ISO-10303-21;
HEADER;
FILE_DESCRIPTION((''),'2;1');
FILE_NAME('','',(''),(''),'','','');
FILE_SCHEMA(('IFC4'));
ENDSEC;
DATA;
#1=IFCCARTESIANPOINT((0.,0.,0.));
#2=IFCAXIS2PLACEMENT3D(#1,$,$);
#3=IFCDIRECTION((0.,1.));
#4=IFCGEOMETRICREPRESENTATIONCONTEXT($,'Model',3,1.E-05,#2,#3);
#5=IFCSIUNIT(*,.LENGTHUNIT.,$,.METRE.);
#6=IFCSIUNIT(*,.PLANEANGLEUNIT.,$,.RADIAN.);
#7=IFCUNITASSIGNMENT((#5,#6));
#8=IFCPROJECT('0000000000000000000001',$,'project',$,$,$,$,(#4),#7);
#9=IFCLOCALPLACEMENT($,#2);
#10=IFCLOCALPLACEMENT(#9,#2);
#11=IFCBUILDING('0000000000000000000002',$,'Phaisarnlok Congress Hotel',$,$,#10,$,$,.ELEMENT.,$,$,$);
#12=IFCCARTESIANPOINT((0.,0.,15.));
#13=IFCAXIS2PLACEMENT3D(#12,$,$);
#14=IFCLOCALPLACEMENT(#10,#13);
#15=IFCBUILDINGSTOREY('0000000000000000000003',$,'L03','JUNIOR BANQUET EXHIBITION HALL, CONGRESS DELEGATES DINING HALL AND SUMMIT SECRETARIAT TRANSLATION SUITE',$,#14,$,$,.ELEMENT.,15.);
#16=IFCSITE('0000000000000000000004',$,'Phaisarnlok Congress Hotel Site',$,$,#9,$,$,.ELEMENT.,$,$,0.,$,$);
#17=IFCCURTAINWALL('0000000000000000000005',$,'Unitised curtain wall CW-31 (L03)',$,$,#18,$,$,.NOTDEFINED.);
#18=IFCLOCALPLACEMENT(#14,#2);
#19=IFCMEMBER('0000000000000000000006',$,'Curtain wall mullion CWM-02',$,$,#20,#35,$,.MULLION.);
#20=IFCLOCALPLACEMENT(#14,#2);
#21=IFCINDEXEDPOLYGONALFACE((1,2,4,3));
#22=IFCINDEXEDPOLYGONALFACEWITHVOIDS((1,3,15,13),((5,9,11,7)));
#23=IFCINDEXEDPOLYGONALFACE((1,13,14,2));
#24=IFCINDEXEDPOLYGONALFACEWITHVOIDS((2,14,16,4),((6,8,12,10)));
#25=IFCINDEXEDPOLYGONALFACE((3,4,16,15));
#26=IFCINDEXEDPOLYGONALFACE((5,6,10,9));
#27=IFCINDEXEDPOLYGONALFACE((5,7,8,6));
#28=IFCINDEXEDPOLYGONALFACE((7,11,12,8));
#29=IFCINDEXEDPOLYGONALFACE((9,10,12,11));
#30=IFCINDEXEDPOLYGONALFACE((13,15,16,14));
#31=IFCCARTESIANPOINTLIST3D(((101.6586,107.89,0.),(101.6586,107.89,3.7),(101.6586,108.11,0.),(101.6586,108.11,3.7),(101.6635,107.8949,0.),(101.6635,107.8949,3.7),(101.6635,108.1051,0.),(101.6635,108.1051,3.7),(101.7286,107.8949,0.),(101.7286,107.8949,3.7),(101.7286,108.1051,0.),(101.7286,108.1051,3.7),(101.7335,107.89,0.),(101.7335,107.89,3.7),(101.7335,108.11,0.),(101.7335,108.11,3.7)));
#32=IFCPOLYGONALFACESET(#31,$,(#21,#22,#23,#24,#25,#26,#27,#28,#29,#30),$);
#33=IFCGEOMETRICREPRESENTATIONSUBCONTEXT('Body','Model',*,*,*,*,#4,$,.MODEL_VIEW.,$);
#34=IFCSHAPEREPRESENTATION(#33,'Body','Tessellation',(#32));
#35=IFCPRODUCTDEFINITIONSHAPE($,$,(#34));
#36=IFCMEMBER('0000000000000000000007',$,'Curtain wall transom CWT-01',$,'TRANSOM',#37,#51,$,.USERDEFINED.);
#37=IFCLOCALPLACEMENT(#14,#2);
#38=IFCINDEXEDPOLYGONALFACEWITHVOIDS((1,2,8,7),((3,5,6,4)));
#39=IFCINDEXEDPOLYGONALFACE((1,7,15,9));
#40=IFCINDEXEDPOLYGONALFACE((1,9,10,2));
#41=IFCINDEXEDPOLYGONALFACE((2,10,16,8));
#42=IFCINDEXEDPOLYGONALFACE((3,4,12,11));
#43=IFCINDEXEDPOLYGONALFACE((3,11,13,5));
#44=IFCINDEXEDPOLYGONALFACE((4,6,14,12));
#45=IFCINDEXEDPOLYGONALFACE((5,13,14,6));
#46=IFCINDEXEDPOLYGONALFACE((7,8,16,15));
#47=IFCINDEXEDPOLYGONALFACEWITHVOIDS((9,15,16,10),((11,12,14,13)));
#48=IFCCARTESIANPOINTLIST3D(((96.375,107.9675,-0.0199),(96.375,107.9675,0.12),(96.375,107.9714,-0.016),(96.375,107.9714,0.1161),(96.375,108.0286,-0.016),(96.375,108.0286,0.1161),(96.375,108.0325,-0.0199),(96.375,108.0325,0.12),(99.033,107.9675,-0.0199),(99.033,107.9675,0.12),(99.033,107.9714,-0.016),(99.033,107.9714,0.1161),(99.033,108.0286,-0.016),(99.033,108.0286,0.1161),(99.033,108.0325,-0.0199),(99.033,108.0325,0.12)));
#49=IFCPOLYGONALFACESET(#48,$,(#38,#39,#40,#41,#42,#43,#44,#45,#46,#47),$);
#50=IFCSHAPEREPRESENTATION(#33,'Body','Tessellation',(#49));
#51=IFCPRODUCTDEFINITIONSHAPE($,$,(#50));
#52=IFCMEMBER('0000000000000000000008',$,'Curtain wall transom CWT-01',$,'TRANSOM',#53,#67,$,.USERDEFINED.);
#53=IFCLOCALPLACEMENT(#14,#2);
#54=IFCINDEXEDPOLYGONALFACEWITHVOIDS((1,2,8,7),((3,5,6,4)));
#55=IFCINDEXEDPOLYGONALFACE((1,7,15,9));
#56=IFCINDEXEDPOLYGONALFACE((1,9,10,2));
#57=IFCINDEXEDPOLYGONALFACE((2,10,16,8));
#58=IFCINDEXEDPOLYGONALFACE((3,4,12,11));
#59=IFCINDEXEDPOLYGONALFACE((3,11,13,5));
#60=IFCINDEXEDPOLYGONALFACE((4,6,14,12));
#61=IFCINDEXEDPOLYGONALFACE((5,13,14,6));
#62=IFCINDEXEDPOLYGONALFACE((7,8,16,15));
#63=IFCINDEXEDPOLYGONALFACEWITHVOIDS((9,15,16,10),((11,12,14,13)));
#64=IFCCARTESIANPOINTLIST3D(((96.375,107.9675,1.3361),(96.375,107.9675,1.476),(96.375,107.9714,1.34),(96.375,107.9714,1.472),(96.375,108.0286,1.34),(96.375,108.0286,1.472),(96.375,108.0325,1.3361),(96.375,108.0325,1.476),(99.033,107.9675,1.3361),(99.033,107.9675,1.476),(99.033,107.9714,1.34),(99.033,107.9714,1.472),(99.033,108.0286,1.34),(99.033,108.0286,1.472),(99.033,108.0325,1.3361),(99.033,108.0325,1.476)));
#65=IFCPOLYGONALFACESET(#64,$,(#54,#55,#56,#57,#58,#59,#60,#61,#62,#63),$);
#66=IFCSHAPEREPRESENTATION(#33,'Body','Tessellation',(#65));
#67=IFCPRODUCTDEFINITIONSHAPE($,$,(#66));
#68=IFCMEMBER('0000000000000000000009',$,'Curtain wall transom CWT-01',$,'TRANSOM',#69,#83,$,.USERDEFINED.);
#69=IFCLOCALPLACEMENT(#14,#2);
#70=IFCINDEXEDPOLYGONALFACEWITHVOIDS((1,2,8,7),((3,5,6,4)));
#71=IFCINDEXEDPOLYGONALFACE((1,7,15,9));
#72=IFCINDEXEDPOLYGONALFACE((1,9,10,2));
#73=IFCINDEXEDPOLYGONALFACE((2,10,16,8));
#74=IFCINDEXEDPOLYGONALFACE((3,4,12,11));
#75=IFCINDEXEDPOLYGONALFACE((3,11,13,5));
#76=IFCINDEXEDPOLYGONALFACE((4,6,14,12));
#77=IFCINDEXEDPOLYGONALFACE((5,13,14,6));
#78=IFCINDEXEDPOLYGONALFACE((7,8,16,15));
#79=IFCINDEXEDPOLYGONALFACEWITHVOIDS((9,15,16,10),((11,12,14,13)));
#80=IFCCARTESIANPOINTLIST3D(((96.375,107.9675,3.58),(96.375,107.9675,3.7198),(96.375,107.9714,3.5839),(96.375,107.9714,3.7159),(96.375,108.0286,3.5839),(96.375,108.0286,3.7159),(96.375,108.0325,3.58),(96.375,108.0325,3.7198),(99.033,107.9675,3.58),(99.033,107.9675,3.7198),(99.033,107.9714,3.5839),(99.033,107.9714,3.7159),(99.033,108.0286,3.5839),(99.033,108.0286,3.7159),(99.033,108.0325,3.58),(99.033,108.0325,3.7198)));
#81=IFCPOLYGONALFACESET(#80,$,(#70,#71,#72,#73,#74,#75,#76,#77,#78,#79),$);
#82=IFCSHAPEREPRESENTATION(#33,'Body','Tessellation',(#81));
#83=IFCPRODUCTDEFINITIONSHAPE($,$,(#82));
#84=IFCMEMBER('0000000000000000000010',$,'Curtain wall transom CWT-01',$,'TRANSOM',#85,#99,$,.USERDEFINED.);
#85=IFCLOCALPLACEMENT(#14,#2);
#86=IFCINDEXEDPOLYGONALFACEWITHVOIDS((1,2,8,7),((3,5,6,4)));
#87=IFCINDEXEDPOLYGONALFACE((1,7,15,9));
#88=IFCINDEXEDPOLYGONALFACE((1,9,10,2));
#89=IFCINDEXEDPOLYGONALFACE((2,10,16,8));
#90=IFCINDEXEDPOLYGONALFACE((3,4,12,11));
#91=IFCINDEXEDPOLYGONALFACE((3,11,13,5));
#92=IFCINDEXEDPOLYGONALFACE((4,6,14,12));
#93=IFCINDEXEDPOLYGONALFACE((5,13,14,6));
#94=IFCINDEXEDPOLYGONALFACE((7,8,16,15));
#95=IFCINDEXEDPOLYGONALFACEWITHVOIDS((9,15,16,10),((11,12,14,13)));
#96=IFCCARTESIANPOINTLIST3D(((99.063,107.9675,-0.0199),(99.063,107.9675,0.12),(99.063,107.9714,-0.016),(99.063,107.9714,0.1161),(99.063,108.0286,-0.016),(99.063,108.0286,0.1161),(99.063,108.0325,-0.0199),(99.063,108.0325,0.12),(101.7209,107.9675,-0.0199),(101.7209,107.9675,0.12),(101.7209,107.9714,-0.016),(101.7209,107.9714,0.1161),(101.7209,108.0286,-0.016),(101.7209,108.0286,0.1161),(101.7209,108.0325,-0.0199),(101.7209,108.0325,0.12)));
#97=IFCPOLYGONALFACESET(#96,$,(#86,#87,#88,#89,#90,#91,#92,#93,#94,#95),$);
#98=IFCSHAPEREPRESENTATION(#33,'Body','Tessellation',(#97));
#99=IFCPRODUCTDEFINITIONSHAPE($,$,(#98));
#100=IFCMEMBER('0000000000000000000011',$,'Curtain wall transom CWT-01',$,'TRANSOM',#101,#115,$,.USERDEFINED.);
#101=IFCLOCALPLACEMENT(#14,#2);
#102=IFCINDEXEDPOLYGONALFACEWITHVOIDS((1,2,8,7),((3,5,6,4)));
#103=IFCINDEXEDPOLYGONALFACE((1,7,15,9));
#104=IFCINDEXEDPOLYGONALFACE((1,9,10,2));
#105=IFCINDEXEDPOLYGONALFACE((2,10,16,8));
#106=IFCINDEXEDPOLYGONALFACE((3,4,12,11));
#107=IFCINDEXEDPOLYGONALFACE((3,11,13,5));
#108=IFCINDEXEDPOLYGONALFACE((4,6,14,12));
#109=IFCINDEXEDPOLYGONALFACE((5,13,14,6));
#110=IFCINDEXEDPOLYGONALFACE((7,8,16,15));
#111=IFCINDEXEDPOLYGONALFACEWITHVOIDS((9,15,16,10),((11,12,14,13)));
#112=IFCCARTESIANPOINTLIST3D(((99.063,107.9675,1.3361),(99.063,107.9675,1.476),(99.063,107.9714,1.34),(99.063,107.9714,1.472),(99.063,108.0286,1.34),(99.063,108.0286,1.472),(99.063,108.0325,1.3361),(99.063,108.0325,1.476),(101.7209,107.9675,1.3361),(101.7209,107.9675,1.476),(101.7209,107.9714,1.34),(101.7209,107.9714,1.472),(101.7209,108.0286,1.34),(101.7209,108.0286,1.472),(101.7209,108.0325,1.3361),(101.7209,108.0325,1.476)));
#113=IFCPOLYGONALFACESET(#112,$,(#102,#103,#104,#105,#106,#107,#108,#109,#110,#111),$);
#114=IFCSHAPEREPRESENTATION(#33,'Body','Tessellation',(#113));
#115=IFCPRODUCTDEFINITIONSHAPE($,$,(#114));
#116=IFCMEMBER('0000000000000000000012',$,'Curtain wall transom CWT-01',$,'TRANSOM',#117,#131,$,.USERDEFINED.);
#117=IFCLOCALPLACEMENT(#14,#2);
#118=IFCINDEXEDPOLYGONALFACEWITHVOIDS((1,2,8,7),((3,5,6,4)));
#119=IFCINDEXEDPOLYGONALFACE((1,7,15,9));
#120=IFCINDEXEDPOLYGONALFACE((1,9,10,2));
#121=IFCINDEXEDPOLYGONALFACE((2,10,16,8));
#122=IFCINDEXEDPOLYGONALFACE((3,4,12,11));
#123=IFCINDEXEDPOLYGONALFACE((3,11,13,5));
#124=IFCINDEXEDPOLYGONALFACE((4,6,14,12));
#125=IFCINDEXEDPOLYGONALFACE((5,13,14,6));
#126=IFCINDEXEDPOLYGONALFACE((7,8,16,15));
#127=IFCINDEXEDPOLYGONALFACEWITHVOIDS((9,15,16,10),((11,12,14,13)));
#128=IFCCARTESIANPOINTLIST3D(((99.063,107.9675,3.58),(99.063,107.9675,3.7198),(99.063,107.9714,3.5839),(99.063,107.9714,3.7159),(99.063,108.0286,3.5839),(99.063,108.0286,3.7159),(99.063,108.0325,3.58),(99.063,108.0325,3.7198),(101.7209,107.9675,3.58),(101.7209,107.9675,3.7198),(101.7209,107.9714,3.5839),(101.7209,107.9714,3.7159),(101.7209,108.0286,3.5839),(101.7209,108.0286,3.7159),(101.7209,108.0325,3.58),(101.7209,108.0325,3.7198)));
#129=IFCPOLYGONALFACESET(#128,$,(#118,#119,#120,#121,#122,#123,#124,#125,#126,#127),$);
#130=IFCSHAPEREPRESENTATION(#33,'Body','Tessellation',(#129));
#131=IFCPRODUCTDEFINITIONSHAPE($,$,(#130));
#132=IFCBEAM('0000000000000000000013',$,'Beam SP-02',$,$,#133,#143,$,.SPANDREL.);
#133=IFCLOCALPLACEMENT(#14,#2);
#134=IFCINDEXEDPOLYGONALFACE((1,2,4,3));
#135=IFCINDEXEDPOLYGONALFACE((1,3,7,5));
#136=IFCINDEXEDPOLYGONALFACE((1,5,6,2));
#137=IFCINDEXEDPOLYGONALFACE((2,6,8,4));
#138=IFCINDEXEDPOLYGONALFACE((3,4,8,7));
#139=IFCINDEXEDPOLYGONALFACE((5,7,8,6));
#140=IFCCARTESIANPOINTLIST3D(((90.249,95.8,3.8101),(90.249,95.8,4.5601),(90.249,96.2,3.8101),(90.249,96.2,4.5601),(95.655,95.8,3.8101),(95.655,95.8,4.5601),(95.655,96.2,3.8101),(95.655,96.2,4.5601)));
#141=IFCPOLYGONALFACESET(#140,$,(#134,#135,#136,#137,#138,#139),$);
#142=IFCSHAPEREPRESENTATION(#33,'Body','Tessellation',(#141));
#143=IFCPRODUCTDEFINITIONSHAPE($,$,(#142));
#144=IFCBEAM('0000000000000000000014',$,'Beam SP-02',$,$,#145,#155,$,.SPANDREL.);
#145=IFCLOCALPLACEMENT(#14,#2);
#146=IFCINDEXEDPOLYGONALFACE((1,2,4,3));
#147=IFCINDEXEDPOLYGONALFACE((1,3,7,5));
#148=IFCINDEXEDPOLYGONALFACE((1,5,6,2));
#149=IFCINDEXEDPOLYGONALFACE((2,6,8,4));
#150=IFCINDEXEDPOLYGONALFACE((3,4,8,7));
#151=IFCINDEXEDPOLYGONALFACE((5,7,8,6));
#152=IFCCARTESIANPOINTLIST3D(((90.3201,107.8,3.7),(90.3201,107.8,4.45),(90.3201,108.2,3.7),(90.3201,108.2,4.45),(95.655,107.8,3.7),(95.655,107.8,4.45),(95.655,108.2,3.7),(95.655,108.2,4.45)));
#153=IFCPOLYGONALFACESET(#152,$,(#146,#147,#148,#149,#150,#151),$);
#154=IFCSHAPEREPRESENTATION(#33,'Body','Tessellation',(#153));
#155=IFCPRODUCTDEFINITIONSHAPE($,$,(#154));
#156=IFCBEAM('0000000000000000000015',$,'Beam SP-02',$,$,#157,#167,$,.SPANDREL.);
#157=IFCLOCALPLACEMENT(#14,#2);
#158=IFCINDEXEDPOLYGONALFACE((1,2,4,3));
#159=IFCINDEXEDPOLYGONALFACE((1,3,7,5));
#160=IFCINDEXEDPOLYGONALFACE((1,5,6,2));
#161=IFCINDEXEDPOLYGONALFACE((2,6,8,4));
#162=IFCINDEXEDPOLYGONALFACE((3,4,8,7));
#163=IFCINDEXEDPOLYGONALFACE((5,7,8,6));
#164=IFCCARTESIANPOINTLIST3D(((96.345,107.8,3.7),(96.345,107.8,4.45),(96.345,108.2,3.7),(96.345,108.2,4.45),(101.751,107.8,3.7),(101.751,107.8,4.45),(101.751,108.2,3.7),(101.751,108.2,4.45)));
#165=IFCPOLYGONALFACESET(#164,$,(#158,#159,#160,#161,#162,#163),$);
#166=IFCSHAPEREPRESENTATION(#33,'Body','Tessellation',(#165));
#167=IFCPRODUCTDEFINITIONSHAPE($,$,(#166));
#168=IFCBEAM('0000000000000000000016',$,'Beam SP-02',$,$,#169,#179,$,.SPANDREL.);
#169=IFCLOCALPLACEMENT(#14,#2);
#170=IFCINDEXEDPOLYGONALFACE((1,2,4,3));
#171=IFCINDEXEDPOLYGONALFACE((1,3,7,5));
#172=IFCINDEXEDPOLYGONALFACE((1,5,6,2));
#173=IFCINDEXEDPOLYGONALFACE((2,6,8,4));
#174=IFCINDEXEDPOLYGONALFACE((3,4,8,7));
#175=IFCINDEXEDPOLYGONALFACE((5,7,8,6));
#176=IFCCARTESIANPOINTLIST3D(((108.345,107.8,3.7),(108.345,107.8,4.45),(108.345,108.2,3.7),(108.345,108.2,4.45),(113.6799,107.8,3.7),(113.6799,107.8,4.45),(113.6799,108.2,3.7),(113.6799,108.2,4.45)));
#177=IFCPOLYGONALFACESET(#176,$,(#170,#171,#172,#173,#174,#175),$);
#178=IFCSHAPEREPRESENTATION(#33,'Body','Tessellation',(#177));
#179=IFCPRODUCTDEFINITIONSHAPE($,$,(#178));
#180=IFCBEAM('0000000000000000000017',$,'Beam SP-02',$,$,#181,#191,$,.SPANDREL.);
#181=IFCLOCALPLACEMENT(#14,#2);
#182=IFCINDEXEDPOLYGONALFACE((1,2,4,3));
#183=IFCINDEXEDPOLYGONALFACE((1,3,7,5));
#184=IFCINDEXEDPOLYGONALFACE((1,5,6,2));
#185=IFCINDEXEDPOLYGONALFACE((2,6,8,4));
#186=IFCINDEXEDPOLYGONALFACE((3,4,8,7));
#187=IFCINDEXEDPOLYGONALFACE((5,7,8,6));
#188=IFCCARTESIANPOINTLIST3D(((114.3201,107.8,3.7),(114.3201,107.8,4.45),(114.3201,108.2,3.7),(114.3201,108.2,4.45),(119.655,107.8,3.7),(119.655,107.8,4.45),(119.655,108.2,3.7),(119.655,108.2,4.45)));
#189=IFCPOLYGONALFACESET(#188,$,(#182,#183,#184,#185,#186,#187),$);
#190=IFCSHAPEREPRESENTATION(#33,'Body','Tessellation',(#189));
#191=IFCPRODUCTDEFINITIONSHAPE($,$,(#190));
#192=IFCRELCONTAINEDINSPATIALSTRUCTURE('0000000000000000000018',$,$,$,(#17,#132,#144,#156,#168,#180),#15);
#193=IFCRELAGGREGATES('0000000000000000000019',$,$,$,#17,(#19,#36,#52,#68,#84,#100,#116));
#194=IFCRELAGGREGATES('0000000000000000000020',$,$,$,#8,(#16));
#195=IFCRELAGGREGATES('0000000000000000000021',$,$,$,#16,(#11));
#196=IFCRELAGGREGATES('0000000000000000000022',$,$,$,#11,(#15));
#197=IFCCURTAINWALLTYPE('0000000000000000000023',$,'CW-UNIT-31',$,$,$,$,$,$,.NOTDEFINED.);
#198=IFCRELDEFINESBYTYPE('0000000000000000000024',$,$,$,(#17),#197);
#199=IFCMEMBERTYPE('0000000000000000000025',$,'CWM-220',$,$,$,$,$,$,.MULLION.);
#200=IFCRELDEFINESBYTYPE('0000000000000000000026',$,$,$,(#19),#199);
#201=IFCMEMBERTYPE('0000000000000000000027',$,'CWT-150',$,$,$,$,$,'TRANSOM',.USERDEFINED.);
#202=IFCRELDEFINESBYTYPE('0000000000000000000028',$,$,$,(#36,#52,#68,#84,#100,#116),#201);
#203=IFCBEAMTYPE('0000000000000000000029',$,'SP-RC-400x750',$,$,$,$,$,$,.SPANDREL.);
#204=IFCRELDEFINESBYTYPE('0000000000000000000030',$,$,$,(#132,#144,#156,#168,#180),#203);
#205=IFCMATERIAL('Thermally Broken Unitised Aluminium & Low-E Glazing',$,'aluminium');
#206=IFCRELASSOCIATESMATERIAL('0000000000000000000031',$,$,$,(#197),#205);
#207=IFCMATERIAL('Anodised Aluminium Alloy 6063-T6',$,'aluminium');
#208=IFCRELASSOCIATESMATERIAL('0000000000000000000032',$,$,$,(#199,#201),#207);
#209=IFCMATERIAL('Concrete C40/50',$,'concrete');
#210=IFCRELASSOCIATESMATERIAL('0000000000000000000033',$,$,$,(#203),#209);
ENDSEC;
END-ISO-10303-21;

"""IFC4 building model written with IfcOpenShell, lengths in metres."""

from ifc_helpers import new_model, si_unit, direction, frame, origin, origin_2d, place, context, subcontext, project, spatial, rectangle, hollow_rectangle, extrude, material, material_profile, profile_set, type_object, element, aggregate, save


model = new_model("IFC4")

# Units and contexts
model_context = context("Model", 3, precision=1e-05, world=origin(), true_north=direction((0.0, 1.0)))
body_context = subcontext(model_context, "Body", "Model", "MODEL_VIEW")
ifc_project = project(units=[si_unit("LENGTHUNIT", "METRE"), si_unit("PLANEANGLEUNIT", "RADIAN")], contexts=[model_context])

# Site, building, storey
site_placement = place(None, origin())
site = spatial("IfcSite", under=ifc_project, at=site_placement, Name="Phaisarnlok Congress Hotel Site", CompositionType="ELEMENT", RefElevation=0.0)
building_placement = place(site_placement, origin())
building = spatial("IfcBuilding", under=site, at=building_placement, Name="Phaisarnlok Congress Hotel", CompositionType="ELEMENT")
storey_placement = place(building_placement, frame((0.0, 0.0, 15.0)))
storey = spatial("IfcBuildingStorey", under=building, at=storey_placement, Name="L03", Description="JUNIOR BANQUET EXHIBITION HALL, CONGRESS DELEGATES DINING HALL AND SUMMIT SECRETARIAT TRANSLATION SUITE", CompositionType="ELEMENT", Elevation=15.0)

# Curtain wall, members
ifc_material_1 = material(Name="Thermally Broken Unitised Aluminium & Low-E Glazing", Category="aluminium")
curtain_wall_type = type_object("IfcCurtainWallType", Name="CW-UNIT-31", PredefinedType="NOTDEFINED", material=ifc_material_1)
curtain_wall_placement = place(storey_placement, origin())
curtain_wall = element("IfcCurtainWall", 1, at=curtain_wall_placement, inside=storey, type_object=curtain_wall_type, Name="Unitised curtain wall CW-31 (L03)", PredefinedType="NOTDEFINED")
ifc_material_2 = material(Name="Anodised Aluminium Alloy 6063-T6", Category="aluminium")
ifc_material_profile_1 = material_profile(ifc_material_2, hollow_rectangle(XDim=0.075, YDim=0.22, WallThickness=0.0049, at=origin_2d()), Name="ALU-M 75x220x5")
ifc_profile_set_1 = profile_set([ifc_material_profile_1], Name="Anodised Aluminium Alloy 6063-T6")
member_type_1 = type_object("IfcMemberType", Name="CWM-220", PredefinedType="MULLION", material=ifc_profile_set_1)
member_1_placement = place(storey_placement, frame((101.696, 108.0, 0.0), z_axis=(0.0, 0.0, 1.0), x_axis=(1.0, 0.0, 0.0)))
member_1 = element("IfcMember", 2, at=member_1_placement, type_object=member_type_1, Name="Curtain wall mullion CWM-02", PredefinedType="MULLION", context=body_context, shape_type="SweptSolid", body=[
    extrude(hollow_rectangle(XDim=0.075, YDim=0.22, WallThickness=0.0049, at=origin_2d()), origin(), (0.0, 0.0, 1.0), 3.7),
])
ifc_material_profile_2 = material_profile(ifc_material_2, hollow_rectangle(XDim=0.0649, YDim=0.1399, WallThickness=0.0039, at=origin_2d()), Name="ALU-T 65x140x4")
ifc_profile_set_2 = profile_set([ifc_material_profile_2], Name="Anodised Aluminium Alloy 6063-T6")
member_type_2 = type_object("IfcMemberType", Name="CWT-150", ElementType="TRANSOM", PredefinedType="USERDEFINED", material=ifc_profile_set_2)
member_2_placement = place(storey_placement, frame((96.375, 108.0, 0.05), z_axis=(1.0, 0.0, 0.0), x_axis=(0.0, 1.0, 0.0)))
member_2 = element("IfcMember", 3, at=member_2_placement, type_object=member_type_2, Name="Curtain wall transom CWT-01", ObjectType="TRANSOM", PredefinedType="USERDEFINED", context=body_context, shape_type="SweptSolid", body=[
    extrude(hollow_rectangle(XDim=0.0649, YDim=0.1399, WallThickness=0.0039, at=origin_2d()), origin(), (0.0, 0.0, 1.0), 2.658),
])
member_3_placement = place(storey_placement, frame((96.375, 108.0, 1.406), z_axis=(1.0, 0.0, 0.0), x_axis=(0.0, 1.0, 0.0)))
member_3 = element("IfcMember", 4, at=member_3_placement, type_object=member_type_2, Name="Curtain wall transom CWT-01", ObjectType="TRANSOM", PredefinedType="USERDEFINED", context=body_context, shape_type="SweptSolid", body=[
    extrude(hollow_rectangle(XDim=0.0649, YDim=0.1399, WallThickness=0.0039, at=origin_2d()), origin(), (0.0, 0.0, 1.0), 2.658),
])
member_4_placement = place(storey_placement, frame((96.375, 108.0, 3.6499), z_axis=(1.0, 0.0, 0.0), x_axis=(0.0, 1.0, 0.0)))
member_4 = element("IfcMember", 5, at=member_4_placement, type_object=member_type_2, Name="Curtain wall transom CWT-01", ObjectType="TRANSOM", PredefinedType="USERDEFINED", context=body_context, shape_type="SweptSolid", body=[
    extrude(hollow_rectangle(XDim=0.0649, YDim=0.1399, WallThickness=0.0039, at=origin_2d()), origin(), (0.0, 0.0, 1.0), 2.658),
])
member_5_placement = place(storey_placement, frame((99.063, 108.0, 0.05), z_axis=(1.0, 0.0, 0.0), x_axis=(0.0, 1.0, 0.0)))
member_5 = element("IfcMember", 6, at=member_5_placement, type_object=member_type_2, Name="Curtain wall transom CWT-01", ObjectType="TRANSOM", PredefinedType="USERDEFINED", context=body_context, shape_type="SweptSolid", body=[
    extrude(hollow_rectangle(XDim=0.0649, YDim=0.1399, WallThickness=0.0039, at=origin_2d()), origin(), (0.0, 0.0, 1.0), 2.658),
])
member_6_placement = place(storey_placement, frame((99.063, 108.0, 1.406), z_axis=(1.0, 0.0, 0.0), x_axis=(0.0, 1.0, 0.0)))
member_6 = element("IfcMember", 7, at=member_6_placement, type_object=member_type_2, Name="Curtain wall transom CWT-01", ObjectType="TRANSOM", PredefinedType="USERDEFINED", context=body_context, shape_type="SweptSolid", body=[
    extrude(hollow_rectangle(XDim=0.0649, YDim=0.1399, WallThickness=0.0039, at=origin_2d()), origin(), (0.0, 0.0, 1.0), 2.658),
])
member_7_placement = place(storey_placement, frame((99.063, 108.0, 3.6499), z_axis=(1.0, 0.0, 0.0), x_axis=(0.0, 1.0, 0.0)))
member_7 = element("IfcMember", 8, at=member_7_placement, type_object=member_type_2, Name="Curtain wall transom CWT-01", ObjectType="TRANSOM", PredefinedType="USERDEFINED", context=body_context, shape_type="SweptSolid", body=[
    extrude(hollow_rectangle(XDim=0.0649, YDim=0.1399, WallThickness=0.0039, at=origin_2d()), origin(), (0.0, 0.0, 1.0), 2.658),
])

# Beams
ifc_material_3 = material(Name="Concrete C40/50", Category="concrete")
ifc_material_profile_3 = material_profile(ifc_material_3, rectangle(XDim=0.3999, YDim=0.75, at=origin_2d()), Name="RC 400x750")
ifc_profile_set_3 = profile_set([ifc_material_profile_3], Name="Concrete C40/50")
beam_type = type_object("IfcBeamType", Name="SP-RC-400x750", PredefinedType="SPANDREL", material=ifc_profile_set_3)
beam_1_placement = place(storey_placement, frame((90.249, 96.0, 4.1851), z_axis=(1.0, 0.0, 0.0), x_axis=(0.0, 1.0, 0.0)))
element("IfcBeam", 9, at=beam_1_placement, inside=storey, type_object=beam_type, Name="Beam SP-02", PredefinedType="SPANDREL", context=body_context, shape_type="SweptSolid", body=[
    extrude(rectangle(XDim=0.3999, YDim=0.75, at=origin_2d()), origin(), (0.0, 0.0, 1.0), 5.406),
])
beam_2_placement = place(storey_placement, frame((90.3201, 108.0, 4.075), z_axis=(1.0, 0.0, 0.0), x_axis=(0.0, 1.0, 0.0)))
element("IfcBeam", 10, at=beam_2_placement, inside=storey, type_object=beam_type, Name="Beam SP-02", PredefinedType="SPANDREL", context=body_context, shape_type="SweptSolid", body=[
    extrude(rectangle(XDim=0.3999, YDim=0.75, at=origin_2d()), origin(), (0.0, 0.0, 1.0), 5.335),
])
beam_3_placement = place(storey_placement, frame((96.345, 108.0, 4.075), z_axis=(1.0, 0.0, 0.0), x_axis=(0.0, 1.0, 0.0)))
element("IfcBeam", 11, at=beam_3_placement, inside=storey, type_object=beam_type, Name="Beam SP-02", PredefinedType="SPANDREL", context=body_context, shape_type="SweptSolid", body=[
    extrude(rectangle(XDim=0.3999, YDim=0.75, at=origin_2d()), origin(), (0.0, 0.0, 1.0), 5.406),
])
for number, where, z_axis, x_axis, name in (
    (12, (108.345, 108.0, 4.075), (1.0, 0.0, 0.0), (0.0, 1.0, 0.0), "Beam SP-02"),
    (13, (114.3201, 108.0, 4.075), (1.0, 0.0, 0.0), (0.0, 1.0, 0.0), "Beam SP-02"),
):
    element("IfcBeam", number, at=place(storey_placement, frame(where, z_axis=z_axis, x_axis=x_axis)), inside=storey, type_object=beam_type, Name=name, PredefinedType="SPANDREL", context=body_context, shape_type="SweptSolid", body=[
        extrude(rectangle(XDim=0.3999, YDim=0.75, at=origin_2d()), origin(), (0.0, 0.0, 1.0), 5.335),
    ])

aggregate(curtain_wall, [member_1, member_2, member_3, member_4, member_5, member_6, member_7])

save(model, "model.ifc")
